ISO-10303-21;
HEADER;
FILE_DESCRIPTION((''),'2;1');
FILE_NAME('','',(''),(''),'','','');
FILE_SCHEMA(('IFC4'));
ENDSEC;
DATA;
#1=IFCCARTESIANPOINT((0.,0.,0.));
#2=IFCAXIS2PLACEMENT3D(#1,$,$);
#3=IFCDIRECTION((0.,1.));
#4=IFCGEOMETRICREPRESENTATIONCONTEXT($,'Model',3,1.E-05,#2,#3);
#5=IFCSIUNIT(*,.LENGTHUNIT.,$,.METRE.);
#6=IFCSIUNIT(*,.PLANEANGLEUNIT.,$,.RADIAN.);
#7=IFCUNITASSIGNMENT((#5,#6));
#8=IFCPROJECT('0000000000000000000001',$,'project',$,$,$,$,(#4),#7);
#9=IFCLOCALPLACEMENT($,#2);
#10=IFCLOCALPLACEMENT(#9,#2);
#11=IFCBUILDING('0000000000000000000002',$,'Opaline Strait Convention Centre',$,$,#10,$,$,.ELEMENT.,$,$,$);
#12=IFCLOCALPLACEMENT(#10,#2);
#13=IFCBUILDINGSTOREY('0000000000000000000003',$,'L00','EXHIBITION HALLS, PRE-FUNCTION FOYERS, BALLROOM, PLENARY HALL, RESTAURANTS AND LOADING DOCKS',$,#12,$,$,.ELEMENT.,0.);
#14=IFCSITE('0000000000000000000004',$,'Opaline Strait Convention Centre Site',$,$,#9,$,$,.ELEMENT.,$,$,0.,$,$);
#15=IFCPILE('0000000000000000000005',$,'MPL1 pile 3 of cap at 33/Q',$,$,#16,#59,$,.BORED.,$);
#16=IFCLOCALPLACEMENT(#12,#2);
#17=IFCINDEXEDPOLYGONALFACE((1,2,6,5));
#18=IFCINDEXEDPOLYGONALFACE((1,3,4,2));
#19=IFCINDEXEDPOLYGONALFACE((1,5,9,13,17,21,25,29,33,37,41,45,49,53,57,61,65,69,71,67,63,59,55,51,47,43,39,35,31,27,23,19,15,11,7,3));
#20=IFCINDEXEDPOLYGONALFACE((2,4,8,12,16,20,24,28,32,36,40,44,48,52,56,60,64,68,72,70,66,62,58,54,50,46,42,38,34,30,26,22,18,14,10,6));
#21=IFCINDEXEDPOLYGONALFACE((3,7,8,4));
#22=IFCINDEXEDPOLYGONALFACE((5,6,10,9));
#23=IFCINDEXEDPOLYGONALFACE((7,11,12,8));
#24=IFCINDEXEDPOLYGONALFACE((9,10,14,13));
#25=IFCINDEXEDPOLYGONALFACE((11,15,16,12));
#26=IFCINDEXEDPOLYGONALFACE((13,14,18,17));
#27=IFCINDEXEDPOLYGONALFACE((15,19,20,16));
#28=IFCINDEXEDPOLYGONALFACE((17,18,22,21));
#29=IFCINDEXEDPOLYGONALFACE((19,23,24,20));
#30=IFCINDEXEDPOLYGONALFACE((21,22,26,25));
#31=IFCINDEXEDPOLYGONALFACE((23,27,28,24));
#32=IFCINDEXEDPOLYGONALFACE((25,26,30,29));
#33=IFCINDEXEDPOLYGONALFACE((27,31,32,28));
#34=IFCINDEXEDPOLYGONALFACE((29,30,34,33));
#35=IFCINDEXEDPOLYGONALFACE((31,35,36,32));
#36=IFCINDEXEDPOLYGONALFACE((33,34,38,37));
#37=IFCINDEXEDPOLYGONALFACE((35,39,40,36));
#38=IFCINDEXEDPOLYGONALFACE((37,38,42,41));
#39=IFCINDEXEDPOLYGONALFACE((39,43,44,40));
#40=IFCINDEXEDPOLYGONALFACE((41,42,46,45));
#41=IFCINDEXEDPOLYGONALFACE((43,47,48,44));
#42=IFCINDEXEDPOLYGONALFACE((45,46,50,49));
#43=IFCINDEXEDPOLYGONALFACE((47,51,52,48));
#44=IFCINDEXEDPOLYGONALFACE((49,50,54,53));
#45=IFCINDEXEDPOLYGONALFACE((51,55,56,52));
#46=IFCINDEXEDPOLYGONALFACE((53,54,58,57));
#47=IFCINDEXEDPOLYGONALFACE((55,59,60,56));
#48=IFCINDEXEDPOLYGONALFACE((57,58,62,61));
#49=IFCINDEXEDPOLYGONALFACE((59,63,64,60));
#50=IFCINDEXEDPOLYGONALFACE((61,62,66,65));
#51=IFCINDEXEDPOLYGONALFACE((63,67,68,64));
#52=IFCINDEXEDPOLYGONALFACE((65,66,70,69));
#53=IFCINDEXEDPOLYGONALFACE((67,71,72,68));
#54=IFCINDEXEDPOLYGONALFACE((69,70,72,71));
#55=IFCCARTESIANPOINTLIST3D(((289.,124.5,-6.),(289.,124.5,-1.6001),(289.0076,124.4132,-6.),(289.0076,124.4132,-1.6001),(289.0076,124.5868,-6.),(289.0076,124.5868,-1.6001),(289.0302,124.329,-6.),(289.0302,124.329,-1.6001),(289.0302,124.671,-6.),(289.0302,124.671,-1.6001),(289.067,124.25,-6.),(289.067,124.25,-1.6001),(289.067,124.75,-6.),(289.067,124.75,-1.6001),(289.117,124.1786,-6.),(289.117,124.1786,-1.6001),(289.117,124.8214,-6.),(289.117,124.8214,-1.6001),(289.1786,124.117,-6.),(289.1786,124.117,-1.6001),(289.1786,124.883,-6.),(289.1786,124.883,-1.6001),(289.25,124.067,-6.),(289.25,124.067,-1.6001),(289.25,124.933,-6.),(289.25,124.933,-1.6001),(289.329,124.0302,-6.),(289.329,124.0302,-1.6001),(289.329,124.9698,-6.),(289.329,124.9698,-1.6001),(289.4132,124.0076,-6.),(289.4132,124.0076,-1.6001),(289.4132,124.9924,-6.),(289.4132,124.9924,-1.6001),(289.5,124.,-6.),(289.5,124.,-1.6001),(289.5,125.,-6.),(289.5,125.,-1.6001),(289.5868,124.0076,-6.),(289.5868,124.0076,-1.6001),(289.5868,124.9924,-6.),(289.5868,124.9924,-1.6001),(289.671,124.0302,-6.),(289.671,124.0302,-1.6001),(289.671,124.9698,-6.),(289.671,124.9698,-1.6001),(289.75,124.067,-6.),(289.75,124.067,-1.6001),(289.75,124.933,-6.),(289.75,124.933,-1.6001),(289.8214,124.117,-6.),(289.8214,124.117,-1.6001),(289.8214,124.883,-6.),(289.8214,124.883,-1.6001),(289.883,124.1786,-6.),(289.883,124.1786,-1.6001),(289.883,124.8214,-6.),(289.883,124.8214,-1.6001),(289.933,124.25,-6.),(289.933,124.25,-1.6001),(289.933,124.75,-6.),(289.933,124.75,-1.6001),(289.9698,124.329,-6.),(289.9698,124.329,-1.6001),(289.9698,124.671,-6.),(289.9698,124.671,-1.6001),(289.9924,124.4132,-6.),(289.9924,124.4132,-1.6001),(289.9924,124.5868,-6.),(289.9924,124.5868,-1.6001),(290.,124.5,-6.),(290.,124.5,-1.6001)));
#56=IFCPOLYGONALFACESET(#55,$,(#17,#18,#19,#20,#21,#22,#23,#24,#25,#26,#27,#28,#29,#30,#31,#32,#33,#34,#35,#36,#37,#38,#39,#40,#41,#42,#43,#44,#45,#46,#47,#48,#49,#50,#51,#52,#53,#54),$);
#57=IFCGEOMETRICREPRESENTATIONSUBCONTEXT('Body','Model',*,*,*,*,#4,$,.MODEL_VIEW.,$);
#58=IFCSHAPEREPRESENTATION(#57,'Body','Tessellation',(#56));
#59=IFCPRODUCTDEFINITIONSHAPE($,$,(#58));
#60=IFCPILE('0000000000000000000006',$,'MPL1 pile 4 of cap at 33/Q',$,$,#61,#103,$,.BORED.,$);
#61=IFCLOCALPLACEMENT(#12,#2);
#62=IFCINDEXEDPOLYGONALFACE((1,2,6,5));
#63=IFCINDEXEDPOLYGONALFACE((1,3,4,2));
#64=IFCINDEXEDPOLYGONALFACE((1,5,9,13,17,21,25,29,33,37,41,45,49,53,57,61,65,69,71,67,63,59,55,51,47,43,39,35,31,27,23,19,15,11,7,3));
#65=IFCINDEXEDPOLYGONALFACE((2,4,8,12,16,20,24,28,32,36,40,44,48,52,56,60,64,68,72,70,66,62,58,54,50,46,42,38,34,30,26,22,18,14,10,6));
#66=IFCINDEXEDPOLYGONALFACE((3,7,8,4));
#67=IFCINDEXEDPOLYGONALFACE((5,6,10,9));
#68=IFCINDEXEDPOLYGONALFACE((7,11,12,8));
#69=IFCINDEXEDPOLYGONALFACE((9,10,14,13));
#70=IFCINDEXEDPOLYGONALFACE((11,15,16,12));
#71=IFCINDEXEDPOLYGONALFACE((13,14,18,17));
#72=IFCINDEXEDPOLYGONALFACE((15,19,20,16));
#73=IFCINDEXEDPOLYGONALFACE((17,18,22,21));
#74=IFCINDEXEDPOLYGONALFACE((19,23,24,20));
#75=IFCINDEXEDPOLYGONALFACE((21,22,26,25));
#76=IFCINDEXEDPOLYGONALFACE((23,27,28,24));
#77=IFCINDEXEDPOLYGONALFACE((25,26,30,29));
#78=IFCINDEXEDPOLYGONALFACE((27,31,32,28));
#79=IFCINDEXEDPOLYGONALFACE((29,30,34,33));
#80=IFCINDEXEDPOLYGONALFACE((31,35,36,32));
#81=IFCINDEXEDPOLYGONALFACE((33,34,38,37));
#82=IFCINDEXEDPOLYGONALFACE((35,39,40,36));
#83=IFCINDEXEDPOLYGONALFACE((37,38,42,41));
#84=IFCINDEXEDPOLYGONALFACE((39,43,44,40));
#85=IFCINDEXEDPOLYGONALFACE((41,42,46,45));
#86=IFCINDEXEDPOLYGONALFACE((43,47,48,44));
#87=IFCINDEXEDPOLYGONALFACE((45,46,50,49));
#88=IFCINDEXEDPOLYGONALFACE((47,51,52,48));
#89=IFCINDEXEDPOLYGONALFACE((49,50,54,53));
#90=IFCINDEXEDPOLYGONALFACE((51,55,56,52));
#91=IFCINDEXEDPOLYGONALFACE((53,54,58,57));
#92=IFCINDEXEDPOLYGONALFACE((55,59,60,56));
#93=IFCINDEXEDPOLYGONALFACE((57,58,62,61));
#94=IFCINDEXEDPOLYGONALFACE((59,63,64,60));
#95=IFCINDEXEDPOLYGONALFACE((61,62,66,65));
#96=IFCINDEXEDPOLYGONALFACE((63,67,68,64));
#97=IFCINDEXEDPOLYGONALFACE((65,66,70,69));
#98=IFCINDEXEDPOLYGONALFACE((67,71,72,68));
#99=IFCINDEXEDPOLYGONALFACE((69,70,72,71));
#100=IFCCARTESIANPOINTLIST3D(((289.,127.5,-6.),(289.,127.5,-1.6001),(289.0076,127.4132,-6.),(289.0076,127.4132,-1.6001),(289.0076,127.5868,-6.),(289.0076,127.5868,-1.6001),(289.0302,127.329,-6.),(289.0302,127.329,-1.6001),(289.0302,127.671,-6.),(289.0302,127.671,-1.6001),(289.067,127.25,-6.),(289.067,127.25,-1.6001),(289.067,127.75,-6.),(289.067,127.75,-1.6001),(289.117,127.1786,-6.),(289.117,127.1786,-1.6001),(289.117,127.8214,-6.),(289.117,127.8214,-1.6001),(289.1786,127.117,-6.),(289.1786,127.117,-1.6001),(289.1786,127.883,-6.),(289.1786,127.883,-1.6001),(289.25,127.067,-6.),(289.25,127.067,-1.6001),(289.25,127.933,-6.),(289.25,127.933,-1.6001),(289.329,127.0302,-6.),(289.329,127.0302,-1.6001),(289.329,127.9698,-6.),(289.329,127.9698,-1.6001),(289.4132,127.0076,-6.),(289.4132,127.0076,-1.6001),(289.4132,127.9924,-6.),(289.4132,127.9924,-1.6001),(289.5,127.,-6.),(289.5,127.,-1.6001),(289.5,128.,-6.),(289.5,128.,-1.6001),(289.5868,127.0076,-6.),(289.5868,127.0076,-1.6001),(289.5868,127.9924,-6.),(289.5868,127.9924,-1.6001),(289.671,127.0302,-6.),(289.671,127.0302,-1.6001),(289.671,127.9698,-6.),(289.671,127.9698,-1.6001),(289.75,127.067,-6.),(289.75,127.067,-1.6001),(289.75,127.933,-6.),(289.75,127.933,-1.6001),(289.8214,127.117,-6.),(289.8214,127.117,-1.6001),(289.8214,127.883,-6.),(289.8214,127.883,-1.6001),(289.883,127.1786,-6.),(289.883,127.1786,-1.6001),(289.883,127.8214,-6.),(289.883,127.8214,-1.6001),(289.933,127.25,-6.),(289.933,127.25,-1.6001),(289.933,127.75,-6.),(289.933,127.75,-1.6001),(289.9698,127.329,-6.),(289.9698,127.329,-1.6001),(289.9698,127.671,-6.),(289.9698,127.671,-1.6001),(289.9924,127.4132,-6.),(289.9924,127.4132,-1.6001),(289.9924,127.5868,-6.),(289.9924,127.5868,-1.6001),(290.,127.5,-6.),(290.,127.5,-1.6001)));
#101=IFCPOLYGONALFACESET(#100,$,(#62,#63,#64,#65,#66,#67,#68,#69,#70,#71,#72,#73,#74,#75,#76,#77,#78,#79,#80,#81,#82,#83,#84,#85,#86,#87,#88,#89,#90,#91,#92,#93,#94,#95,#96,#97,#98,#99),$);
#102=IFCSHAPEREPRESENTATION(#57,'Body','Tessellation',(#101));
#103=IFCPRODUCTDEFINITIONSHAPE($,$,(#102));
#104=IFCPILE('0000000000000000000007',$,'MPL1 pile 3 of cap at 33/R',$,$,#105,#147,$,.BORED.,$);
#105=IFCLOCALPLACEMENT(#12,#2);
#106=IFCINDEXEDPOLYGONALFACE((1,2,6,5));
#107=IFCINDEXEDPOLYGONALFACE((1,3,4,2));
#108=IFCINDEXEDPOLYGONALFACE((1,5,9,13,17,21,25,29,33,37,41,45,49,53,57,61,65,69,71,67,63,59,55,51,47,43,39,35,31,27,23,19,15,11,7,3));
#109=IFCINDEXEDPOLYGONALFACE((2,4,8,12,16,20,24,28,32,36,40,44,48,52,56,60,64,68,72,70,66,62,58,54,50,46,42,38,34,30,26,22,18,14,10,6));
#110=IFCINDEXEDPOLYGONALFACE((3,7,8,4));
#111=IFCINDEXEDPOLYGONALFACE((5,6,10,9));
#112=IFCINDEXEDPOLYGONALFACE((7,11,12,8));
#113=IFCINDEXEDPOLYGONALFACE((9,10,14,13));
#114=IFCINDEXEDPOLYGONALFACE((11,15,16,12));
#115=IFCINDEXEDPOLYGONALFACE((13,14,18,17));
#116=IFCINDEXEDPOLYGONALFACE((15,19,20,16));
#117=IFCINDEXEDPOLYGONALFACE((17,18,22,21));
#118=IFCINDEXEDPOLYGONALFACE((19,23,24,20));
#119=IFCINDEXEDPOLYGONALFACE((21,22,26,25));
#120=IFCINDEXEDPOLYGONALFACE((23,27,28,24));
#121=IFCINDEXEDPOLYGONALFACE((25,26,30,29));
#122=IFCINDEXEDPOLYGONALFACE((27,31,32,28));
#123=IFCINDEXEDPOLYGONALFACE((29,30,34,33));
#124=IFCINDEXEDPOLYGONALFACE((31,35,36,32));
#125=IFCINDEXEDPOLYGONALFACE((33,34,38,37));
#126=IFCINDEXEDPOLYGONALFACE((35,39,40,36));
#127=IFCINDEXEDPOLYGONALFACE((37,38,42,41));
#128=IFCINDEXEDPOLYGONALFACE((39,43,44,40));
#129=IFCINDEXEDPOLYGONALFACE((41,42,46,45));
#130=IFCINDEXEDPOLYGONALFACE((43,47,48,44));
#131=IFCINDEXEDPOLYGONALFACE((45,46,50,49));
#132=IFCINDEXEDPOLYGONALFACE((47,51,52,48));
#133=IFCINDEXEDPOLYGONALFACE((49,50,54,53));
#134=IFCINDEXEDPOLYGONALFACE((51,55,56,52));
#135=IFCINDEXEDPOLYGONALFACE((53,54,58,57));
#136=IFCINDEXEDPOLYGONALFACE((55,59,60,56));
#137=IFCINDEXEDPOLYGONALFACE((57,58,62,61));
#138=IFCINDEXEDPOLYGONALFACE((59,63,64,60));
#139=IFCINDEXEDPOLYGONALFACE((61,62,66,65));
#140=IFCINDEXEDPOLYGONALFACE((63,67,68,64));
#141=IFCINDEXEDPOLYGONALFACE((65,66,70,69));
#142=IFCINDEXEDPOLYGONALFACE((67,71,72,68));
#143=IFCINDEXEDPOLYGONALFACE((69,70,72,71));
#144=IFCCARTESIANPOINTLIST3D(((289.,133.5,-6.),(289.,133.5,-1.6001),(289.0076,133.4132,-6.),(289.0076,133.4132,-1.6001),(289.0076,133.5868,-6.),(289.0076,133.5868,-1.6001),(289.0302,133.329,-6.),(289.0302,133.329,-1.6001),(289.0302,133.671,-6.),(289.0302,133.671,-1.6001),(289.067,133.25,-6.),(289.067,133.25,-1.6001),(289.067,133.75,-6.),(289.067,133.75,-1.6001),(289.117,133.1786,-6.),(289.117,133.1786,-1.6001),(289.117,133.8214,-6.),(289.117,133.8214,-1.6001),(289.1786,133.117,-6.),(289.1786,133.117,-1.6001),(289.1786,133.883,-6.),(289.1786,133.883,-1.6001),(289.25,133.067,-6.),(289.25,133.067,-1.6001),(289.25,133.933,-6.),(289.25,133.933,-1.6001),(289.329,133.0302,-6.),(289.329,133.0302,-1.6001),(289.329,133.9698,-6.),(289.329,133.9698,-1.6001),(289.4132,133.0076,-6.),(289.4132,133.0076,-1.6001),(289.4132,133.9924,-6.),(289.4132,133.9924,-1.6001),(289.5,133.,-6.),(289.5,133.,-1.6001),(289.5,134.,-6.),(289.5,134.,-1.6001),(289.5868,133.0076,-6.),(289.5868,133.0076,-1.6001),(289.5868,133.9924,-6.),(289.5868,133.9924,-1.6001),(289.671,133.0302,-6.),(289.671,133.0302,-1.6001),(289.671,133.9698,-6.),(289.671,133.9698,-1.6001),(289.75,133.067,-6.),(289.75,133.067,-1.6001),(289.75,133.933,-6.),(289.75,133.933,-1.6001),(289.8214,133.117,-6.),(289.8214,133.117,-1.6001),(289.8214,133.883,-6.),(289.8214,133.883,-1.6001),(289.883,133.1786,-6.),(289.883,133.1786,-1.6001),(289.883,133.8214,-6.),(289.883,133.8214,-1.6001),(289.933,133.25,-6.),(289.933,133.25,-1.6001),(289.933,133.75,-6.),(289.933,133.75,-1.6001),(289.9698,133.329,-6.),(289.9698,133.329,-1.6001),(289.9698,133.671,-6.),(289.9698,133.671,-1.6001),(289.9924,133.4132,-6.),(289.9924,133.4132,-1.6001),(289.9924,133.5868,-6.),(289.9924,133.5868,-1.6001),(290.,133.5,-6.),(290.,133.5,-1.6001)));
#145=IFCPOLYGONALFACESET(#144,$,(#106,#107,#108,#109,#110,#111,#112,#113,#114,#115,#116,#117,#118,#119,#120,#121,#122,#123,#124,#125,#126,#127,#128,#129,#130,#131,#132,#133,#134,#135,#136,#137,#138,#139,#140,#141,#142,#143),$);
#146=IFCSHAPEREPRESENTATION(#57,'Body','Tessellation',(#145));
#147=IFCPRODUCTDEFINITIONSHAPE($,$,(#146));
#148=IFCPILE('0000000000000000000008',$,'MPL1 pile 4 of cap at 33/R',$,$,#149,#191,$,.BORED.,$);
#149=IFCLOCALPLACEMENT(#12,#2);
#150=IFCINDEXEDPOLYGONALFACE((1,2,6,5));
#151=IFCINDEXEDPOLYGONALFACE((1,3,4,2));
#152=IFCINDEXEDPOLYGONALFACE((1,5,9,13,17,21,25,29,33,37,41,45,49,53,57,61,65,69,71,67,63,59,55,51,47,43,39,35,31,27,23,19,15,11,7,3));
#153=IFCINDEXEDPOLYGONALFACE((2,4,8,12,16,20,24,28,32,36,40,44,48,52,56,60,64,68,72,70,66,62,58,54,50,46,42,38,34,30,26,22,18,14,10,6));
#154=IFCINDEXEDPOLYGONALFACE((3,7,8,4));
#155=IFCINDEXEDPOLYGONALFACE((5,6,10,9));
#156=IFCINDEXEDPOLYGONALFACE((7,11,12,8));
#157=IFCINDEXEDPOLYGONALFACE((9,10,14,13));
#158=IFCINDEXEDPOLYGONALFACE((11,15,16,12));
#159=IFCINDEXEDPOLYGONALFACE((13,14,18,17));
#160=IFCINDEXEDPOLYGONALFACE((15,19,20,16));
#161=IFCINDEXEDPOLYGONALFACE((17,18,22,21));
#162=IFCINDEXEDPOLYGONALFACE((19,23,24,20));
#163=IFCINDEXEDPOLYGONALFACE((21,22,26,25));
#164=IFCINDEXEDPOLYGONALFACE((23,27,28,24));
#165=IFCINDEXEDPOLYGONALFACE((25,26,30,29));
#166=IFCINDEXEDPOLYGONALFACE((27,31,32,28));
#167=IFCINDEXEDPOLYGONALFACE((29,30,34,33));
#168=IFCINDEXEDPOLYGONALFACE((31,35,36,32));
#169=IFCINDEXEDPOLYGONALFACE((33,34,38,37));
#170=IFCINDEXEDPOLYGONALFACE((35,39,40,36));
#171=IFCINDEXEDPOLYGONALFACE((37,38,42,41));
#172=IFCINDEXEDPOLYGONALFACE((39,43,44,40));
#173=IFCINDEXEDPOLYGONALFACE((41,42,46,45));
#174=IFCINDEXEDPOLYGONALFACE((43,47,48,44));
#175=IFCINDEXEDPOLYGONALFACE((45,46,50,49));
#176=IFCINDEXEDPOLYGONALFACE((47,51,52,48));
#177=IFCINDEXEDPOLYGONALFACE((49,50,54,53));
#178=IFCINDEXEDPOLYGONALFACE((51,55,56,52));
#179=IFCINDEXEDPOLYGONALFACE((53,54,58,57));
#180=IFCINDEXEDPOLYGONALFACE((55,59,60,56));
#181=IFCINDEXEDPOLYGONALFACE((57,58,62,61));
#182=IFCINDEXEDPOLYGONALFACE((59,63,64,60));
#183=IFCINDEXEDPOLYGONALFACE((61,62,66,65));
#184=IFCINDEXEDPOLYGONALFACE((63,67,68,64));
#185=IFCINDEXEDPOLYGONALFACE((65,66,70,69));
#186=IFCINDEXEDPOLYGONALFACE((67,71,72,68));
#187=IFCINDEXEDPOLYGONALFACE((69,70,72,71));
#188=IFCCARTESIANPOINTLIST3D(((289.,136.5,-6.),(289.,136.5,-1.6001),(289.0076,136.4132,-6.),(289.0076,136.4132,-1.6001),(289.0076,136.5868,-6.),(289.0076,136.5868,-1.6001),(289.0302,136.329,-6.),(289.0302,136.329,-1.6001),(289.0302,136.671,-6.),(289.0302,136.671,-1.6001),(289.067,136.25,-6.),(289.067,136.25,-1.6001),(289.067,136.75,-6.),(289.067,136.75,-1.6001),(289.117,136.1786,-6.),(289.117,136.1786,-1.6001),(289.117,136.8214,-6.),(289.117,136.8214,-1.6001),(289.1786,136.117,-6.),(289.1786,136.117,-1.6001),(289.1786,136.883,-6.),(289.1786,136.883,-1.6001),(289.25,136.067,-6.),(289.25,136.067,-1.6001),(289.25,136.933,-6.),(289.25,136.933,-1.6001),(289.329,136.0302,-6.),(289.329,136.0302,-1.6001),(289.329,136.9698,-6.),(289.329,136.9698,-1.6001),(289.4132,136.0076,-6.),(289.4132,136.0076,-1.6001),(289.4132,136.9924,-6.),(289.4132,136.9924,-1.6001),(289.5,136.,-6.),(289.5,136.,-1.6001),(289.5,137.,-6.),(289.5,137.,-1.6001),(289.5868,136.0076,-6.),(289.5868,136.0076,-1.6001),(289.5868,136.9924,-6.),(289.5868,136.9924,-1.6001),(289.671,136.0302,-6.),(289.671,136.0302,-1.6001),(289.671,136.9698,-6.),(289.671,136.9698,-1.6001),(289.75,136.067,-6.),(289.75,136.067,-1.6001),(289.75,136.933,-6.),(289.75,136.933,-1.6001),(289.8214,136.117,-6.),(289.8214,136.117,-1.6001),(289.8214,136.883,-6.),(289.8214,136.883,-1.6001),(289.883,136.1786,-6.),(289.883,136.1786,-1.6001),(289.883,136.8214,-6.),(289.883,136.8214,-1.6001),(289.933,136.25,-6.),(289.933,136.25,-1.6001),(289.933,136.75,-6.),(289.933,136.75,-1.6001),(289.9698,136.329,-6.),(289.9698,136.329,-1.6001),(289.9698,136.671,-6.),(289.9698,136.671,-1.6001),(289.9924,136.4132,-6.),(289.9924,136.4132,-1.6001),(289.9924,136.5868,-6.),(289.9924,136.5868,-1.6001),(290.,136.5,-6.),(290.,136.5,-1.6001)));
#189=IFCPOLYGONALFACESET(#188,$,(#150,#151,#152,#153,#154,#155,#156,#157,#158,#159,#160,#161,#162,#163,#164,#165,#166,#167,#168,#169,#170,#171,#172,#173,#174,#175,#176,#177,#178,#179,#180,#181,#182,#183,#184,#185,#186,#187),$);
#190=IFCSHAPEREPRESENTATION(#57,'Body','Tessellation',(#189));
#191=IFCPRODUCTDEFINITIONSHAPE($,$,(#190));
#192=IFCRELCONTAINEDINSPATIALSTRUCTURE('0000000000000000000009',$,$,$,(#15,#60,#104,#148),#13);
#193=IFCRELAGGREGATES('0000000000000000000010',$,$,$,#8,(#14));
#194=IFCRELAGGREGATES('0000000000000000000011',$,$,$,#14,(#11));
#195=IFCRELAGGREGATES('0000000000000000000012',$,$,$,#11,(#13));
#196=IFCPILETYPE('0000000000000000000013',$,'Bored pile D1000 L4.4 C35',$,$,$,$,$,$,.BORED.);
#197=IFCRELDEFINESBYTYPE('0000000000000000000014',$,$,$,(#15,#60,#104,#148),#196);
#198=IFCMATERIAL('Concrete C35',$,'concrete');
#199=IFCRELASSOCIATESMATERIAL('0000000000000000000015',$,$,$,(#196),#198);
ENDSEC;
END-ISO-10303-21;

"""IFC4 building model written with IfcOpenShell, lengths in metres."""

from ifc_helpers import new_model, si_unit, direction, frame, origin, origin_2d, place, context, subcontext, project, spatial, circle, extrude, material, material_profile, profile_set, type_object, element, save


model = new_model("IFC4")

# Units and contexts
model_context = context("Model", 3, precision=1e-05, world=origin(), true_north=direction((0.0, 1.0)))
body_context = subcontext(model_context, "Body", "Model", "MODEL_VIEW")
ifc_project = project(units=[si_unit("LENGTHUNIT", "METRE"), si_unit("PLANEANGLEUNIT", "RADIAN")], contexts=[model_context])

# Site, building, storey
site_placement = place(None, origin())
site = spatial("IfcSite", under=ifc_project, at=site_placement, Name="Opaline Strait Convention Centre Site", CompositionType="ELEMENT", RefElevation=0.0)
building_placement = place(site_placement, origin())
building = spatial("IfcBuilding", under=site, at=building_placement, Name="Opaline Strait Convention Centre", CompositionType="ELEMENT")
storey_placement = place(building_placement, origin())
storey = spatial("IfcBuildingStorey", under=building, at=storey_placement, Name="L00", Description="EXHIBITION HALLS, PRE-FUNCTION FOYERS, BALLROOM, PLENARY HALL, RESTAURANTS AND LOADING DOCKS", CompositionType="ELEMENT", Elevation=0.0)

# Piles
ifc_material_1 = material(Name="Concrete C35", Category="concrete")
ifc_material_profile_1 = material_profile(ifc_material_1, circle(Radius=0.5, at=origin_2d()), Name="D1000")
ifc_profile_set_1 = profile_set([ifc_material_profile_1], Name="Concrete C35")
pile_type = type_object("IfcPileType", Name="Bored pile D1000 L4.4 C35", PredefinedType="BORED", material=ifc_profile_set_1)
for number, where, z_axis, x_axis, name in (
    (1, (289.5, 124.5, -1.6001), (0.0, 0.0, -1.0), (1.0, 0.0, 0.0), "MPL1 pile 3 of cap at 33/Q"),
    (2, (289.5, 127.5, -1.6001), (0.0, 0.0, -1.0), (1.0, 0.0, 0.0), "MPL1 pile 4 of cap at 33/Q"),
    (3, (289.5, 133.5, -1.6001), (0.0, 0.0, -1.0), (1.0, 0.0, 0.0), "MPL1 pile 3 of cap at 33/R"),
    (4, (289.5, 136.5, -1.6001), (0.0, 0.0, -1.0), (1.0, 0.0, 0.0), "MPL1 pile 4 of cap at 33/R"),
):
    element("IfcPile", number, at=place(storey_placement, frame(where, z_axis=z_axis, x_axis=x_axis)), inside=storey, type_object=pile_type, Name=name, PredefinedType="BORED", context=body_context, shape_type="SweptSolid", body=[
        extrude(circle(Radius=0.5, at=origin_2d()), origin(), (0.0, 0.0, 1.0), 4.3999),
    ])

save(model, "model.ifc")
